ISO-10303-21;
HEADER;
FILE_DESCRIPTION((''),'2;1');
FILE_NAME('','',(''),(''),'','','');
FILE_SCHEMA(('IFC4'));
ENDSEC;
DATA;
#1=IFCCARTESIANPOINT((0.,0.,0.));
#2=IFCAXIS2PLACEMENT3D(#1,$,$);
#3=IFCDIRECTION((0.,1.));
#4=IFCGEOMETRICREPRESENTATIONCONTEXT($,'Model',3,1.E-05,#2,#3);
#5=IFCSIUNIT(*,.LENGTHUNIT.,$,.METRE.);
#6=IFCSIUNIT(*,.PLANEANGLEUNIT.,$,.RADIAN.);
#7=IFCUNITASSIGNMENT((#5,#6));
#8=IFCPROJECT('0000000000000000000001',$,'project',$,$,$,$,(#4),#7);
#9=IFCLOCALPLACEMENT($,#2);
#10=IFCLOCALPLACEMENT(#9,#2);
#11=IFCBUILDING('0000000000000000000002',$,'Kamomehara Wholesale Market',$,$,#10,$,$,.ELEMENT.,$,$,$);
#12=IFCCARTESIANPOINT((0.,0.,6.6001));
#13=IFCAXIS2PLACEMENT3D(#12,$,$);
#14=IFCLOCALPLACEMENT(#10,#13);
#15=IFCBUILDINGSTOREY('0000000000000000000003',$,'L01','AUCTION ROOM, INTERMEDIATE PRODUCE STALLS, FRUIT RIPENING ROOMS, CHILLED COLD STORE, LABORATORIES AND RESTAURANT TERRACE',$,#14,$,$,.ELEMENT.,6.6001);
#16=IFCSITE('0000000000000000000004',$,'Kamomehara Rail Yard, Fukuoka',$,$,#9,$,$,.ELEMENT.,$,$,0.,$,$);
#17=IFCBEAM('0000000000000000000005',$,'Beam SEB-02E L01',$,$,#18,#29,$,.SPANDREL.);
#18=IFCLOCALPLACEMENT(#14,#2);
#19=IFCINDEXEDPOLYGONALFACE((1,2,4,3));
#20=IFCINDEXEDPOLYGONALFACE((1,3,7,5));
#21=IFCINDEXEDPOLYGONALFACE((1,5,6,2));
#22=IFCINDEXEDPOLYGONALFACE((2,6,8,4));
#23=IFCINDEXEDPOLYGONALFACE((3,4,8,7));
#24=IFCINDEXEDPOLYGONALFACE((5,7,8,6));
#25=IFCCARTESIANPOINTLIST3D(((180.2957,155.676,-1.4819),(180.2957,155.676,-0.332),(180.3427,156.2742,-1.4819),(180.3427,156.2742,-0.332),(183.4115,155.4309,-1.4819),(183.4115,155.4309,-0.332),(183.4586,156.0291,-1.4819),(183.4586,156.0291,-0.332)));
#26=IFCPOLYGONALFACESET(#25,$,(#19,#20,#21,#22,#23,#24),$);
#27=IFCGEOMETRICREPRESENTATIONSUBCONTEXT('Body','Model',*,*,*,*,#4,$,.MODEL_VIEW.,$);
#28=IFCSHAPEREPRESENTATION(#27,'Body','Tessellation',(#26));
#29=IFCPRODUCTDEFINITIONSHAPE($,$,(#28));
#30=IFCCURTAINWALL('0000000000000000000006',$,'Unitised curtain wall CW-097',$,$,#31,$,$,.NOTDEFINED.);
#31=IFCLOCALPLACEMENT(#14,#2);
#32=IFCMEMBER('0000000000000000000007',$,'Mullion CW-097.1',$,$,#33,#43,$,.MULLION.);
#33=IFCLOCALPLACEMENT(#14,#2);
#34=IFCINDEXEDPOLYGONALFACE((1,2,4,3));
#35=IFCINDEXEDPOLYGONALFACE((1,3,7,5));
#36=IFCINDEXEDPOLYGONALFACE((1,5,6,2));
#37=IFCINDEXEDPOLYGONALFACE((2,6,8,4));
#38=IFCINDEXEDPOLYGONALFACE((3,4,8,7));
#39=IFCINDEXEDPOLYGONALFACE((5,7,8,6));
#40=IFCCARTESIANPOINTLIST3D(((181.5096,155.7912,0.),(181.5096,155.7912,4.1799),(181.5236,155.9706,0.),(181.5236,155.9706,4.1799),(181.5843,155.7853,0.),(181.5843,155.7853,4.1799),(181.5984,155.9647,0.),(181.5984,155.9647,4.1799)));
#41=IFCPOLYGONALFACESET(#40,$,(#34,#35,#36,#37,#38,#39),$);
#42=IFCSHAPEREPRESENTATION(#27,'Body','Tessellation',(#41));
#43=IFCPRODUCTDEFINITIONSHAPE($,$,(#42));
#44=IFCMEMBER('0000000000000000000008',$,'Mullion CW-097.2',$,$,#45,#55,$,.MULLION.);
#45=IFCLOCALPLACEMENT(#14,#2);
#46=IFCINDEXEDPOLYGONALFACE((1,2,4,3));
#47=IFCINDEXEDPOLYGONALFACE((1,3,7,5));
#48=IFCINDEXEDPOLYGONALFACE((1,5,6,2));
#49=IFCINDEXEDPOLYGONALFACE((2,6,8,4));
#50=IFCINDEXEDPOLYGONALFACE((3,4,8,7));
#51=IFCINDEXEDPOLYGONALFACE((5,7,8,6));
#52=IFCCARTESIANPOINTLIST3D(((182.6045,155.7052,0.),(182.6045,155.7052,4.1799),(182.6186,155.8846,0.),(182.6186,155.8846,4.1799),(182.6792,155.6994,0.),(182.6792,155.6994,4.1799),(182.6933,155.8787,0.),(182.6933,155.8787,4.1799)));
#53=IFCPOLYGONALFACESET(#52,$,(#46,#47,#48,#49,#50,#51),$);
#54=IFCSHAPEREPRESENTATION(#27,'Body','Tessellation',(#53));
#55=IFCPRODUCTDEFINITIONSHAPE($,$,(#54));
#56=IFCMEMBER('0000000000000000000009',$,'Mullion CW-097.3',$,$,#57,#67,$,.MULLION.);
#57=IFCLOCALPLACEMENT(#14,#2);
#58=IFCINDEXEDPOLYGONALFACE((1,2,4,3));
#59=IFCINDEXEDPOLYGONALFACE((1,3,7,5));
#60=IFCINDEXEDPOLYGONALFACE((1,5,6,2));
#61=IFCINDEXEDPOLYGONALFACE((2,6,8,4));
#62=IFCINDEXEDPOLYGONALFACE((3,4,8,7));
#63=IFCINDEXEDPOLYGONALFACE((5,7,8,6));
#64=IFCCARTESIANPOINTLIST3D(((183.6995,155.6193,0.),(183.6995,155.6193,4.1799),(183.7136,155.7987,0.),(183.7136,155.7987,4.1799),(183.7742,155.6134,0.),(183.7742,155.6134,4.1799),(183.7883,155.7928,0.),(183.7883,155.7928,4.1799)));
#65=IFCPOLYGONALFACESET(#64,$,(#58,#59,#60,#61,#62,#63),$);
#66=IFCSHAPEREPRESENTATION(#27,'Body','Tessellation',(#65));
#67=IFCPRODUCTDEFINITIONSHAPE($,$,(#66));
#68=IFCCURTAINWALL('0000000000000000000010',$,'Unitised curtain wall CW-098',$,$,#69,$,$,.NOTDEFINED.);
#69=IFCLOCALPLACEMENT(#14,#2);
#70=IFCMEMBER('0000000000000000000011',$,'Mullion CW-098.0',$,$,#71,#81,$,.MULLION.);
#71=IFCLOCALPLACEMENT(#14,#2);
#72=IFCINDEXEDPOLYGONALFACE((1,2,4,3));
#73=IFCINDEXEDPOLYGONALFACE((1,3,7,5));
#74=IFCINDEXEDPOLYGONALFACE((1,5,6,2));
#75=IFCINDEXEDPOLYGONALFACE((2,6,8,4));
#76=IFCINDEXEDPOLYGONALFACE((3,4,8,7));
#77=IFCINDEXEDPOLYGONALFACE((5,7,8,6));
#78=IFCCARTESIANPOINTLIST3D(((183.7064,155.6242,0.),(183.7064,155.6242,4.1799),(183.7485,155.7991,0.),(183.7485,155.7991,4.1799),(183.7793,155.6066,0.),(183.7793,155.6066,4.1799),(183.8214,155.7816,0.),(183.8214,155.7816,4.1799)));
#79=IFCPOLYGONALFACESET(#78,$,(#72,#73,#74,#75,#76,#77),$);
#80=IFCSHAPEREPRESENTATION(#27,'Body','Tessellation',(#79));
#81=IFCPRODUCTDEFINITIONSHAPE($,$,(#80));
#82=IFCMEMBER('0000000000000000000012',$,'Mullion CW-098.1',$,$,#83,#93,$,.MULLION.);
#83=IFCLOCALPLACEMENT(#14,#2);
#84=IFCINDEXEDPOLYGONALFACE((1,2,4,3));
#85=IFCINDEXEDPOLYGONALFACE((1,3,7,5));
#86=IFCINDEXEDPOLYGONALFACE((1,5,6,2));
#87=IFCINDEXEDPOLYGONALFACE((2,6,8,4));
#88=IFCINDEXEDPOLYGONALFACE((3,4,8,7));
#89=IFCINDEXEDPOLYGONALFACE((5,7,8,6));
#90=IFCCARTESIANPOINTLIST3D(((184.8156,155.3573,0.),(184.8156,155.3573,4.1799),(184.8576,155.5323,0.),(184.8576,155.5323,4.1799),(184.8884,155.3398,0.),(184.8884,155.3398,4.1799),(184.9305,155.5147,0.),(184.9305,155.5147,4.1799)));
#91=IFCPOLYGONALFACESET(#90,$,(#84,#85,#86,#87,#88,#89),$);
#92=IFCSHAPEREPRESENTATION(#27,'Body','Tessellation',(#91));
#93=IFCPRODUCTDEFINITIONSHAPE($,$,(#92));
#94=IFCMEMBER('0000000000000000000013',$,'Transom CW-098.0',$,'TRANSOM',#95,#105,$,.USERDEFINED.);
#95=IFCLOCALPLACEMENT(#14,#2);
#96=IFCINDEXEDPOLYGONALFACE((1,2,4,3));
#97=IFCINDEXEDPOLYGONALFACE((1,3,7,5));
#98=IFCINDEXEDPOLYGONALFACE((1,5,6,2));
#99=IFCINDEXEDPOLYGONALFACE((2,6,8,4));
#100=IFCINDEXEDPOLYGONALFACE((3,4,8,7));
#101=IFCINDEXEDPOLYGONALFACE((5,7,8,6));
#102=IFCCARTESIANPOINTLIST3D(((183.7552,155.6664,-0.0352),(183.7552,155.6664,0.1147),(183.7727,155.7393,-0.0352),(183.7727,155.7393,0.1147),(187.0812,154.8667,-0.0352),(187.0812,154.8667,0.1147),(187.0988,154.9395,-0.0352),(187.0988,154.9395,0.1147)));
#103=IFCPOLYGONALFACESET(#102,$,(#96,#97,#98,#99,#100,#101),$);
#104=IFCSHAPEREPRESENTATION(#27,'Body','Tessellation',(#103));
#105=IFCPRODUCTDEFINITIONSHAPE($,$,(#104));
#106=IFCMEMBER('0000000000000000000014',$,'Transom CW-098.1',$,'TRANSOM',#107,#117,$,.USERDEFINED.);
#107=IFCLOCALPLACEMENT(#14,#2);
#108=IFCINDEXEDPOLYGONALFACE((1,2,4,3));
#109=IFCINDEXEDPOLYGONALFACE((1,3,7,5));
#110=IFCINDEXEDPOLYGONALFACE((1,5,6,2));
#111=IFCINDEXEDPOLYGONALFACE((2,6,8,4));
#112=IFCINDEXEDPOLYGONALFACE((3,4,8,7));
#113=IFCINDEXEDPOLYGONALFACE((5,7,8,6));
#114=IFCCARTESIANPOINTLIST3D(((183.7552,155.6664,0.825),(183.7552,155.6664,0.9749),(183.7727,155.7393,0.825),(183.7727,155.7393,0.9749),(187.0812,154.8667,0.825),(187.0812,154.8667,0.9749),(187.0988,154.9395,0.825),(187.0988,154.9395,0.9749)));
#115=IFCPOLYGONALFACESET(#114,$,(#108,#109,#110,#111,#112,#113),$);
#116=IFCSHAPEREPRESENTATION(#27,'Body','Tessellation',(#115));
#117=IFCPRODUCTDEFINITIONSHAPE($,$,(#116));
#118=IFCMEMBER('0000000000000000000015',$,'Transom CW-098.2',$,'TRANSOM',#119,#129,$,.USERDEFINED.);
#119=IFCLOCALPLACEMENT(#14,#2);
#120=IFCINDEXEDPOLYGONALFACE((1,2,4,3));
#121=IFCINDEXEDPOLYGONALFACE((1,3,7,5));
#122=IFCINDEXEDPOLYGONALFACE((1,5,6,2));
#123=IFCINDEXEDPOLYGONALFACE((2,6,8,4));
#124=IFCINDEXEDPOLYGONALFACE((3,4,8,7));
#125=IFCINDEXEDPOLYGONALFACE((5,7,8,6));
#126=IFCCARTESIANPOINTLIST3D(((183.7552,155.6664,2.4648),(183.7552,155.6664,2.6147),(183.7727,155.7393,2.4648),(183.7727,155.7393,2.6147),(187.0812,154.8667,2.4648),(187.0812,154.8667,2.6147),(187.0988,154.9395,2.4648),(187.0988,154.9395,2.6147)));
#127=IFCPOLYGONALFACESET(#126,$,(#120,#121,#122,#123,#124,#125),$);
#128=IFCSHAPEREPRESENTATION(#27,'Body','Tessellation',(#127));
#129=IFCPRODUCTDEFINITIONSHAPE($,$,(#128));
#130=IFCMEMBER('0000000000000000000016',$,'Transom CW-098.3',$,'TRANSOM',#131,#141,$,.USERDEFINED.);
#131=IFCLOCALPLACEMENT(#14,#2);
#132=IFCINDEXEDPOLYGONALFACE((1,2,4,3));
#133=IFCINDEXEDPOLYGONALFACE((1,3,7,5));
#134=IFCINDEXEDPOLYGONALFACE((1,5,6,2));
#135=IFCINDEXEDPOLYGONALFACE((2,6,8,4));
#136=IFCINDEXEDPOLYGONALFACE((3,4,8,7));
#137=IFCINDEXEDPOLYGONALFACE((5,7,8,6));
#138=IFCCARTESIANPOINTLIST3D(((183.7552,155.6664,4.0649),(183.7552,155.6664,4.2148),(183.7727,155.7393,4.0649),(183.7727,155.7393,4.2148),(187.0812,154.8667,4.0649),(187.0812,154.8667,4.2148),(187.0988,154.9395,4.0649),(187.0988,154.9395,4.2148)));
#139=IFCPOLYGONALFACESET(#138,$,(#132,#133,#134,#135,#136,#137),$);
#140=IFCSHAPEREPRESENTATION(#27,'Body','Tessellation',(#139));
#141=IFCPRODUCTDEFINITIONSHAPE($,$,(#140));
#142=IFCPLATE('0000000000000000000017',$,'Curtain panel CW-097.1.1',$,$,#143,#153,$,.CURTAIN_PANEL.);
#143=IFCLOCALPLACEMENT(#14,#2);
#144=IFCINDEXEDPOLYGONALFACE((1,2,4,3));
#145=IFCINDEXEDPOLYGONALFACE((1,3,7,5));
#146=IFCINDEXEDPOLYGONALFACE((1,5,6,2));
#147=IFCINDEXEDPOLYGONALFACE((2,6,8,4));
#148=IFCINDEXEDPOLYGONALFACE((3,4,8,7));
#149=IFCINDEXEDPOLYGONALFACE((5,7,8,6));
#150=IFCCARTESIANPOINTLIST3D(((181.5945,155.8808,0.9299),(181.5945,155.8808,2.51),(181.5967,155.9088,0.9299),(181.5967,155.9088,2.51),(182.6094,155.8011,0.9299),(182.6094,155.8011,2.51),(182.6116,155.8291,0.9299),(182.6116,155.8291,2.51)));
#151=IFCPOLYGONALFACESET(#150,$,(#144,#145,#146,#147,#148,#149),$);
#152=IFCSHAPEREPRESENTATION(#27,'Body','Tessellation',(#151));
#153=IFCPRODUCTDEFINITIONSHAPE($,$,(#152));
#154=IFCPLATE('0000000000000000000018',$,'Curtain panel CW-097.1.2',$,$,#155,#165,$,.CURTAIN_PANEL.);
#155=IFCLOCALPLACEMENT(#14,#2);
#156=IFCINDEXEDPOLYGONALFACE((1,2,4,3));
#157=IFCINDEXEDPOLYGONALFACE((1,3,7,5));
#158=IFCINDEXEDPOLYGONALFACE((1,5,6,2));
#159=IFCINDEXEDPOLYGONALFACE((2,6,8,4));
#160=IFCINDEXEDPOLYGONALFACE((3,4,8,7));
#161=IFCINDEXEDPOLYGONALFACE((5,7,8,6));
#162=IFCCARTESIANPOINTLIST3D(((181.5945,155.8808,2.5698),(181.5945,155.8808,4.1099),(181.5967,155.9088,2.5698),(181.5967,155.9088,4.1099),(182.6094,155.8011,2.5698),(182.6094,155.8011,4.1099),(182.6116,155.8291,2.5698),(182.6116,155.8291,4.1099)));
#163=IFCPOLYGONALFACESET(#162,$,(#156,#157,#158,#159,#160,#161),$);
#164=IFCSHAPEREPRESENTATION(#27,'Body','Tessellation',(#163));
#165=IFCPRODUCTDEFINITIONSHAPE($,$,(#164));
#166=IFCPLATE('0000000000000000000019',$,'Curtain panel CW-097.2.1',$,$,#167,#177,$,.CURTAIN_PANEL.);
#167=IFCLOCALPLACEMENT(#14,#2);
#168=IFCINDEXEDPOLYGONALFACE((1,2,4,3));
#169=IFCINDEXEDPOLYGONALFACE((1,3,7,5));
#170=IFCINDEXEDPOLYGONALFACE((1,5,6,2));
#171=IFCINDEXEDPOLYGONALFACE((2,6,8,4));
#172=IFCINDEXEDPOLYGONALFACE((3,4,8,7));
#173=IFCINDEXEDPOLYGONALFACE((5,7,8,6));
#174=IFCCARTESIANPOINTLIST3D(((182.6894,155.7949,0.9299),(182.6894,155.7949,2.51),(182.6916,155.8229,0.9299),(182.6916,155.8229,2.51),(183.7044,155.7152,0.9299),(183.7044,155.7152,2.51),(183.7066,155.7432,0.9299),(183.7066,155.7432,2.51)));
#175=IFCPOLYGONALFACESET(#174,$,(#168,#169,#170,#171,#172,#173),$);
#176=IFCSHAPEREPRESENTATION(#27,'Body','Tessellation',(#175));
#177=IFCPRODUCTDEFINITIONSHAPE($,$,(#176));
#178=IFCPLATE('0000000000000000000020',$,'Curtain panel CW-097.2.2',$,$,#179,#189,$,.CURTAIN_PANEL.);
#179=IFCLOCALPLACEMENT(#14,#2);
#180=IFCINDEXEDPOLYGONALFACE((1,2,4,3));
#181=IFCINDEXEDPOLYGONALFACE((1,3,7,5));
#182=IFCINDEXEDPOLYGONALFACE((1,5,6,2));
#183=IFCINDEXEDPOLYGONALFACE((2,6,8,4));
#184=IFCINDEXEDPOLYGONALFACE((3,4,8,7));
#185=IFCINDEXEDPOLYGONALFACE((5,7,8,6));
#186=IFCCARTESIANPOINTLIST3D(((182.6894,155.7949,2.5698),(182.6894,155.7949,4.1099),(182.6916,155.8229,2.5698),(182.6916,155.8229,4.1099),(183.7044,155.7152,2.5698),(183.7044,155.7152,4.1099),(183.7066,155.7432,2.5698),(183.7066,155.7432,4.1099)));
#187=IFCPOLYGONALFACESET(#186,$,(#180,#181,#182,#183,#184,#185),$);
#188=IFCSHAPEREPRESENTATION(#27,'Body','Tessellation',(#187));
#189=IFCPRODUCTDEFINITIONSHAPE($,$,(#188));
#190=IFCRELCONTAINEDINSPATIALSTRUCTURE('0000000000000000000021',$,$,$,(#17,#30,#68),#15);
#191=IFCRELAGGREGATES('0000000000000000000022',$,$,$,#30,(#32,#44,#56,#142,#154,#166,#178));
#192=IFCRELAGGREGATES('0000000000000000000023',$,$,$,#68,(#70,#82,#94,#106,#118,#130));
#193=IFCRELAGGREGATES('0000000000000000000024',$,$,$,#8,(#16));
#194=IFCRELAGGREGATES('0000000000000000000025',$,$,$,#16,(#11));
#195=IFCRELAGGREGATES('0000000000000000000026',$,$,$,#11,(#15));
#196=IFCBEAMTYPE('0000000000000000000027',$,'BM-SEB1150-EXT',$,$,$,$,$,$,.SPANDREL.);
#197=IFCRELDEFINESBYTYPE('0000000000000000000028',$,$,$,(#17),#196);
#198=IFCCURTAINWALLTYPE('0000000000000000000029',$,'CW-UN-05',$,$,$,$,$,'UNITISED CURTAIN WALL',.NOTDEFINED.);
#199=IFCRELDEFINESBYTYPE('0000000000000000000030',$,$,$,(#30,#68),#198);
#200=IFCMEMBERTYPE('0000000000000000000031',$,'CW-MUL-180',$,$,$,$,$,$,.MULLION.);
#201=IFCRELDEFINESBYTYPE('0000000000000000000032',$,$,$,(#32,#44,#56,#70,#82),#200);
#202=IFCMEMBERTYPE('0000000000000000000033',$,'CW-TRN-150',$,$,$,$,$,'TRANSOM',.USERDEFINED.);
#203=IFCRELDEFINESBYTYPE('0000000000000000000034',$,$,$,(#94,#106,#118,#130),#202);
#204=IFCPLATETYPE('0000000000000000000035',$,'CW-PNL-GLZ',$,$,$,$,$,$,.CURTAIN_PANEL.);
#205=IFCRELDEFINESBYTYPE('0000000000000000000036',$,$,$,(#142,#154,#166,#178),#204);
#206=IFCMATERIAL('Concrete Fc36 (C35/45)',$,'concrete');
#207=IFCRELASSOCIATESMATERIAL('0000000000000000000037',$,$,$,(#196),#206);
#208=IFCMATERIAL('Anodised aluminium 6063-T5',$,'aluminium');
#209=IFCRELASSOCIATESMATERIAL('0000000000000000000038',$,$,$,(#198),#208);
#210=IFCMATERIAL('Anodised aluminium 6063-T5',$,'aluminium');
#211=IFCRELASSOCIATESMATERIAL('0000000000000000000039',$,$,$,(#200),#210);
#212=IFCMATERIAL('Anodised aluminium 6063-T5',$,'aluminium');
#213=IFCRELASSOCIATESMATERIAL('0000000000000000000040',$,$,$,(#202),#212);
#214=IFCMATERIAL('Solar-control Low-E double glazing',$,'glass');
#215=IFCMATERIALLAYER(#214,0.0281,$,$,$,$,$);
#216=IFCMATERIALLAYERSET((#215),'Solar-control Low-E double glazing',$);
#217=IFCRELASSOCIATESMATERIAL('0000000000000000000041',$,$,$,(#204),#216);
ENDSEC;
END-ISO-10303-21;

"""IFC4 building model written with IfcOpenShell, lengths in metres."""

from ifc_helpers import new_model, si_unit, direction, frame, origin, origin_2d, place, context, subcontext, project, spatial, rectangle, extrude, material, layer, layer_set, material_profile, profile_set, type_object, element, aggregate, save


model = new_model("IFC4")

# Units and contexts
model_context = context("Model", 3, precision=1e-05, world=origin(), true_north=direction((0.0, 1.0)))
body_context = subcontext(model_context, "Body", "Model", "MODEL_VIEW")
ifc_project = project(units=[si_unit("LENGTHUNIT", "METRE"), si_unit("PLANEANGLEUNIT", "RADIAN")], contexts=[model_context])

# Site, building, storey
site_placement = place(None, origin())
site = spatial("IfcSite", under=ifc_project, at=site_placement, Name="Kamomehara Rail Yard, Fukuoka", CompositionType="ELEMENT", RefElevation=0.0)
building_placement = place(site_placement, origin())
building = spatial("IfcBuilding", under=site, at=building_placement, Name="Kamomehara Wholesale Market", CompositionType="ELEMENT")
storey_placement = place(building_placement, frame((0.0, 0.0, 6.6001)))
storey = spatial("IfcBuildingStorey", under=building, at=storey_placement, Name="L01", Description="AUCTION ROOM, INTERMEDIATE PRODUCE STALLS, FRUIT RIPENING ROOMS, CHILLED COLD STORE, LABORATORIES AND RESTAURANT TERRACE", CompositionType="ELEMENT", Elevation=6.6001)

# Beam
ifc_material_1 = material(Name="Concrete Fc36 (C35/45)", Category="concrete")
ifc_material_profile_1 = material_profile(ifc_material_1, rectangle(XDim=0.6001, YDim=1.1499, at=origin_2d()), Name="RC-SEB-600x1150")
ifc_profile_set_1 = profile_set([ifc_material_profile_1], Name="Concrete Fc36 (C35/45)")
beam_type = type_object("IfcBeamType", Name="BM-SEB1150-EXT", PredefinedType="SPANDREL", material=ifc_profile_set_1)
beam_placement = place(storey_placement, frame((183.4351, 155.73, -0.907), z_axis=(-0.99692, 0.078423, 0.0), x_axis=(-0.078423, -0.99692, 0.0)))
element("IfcBeam", 1, at=beam_placement, inside=storey, type_object=beam_type, Name="Beam SEB-02E L01", PredefinedType="SPANDREL", context=body_context, shape_type="SweptSolid", body=[
    extrude(rectangle(XDim=0.6001, YDim=1.1499, at=origin_2d()), origin(), (0.0, 0.0, 1.0), 3.1255),
])

# Curtain walls, members
ifc_material_2 = material(Name="Anodised aluminium 6063-T5", Category="aluminium")
curtain_wall_type = type_object("IfcCurtainWallType", Name="CW-UN-05", ElementType="UNITISED CURTAIN WALL", PredefinedType="NOTDEFINED", material=ifc_material_2)
curtain_wall_1_placement = place(storey_placement, origin())
curtain_wall_1 = element("IfcCurtainWall", 2, at=curtain_wall_1_placement, inside=storey, type_object=curtain_wall_type, Name="Unitised curtain wall CW-097", PredefinedType="NOTDEFINED")
ifc_material_3 = material(Name="Anodised aluminium 6063-T5", Category="aluminium")
ifc_material_profile_2 = material_profile(ifc_material_3, rectangle(XDim=0.075, YDim=0.1799, at=origin_2d()), Name="ALU-MUL-75x180")
ifc_profile_set_2 = profile_set([ifc_material_profile_2], Name="Anodised aluminium 6063-T5")
member_type_1 = type_object("IfcMemberType", Name="CW-MUL-180", PredefinedType="MULLION", material=ifc_profile_set_2)
member_1_placement = place(storey_placement, frame((181.554, 155.8779, 0.0), z_axis=(0.0, 0.0, 1.0), x_axis=(0.99693, -0.078297, 0.0)))
member_1 = element("IfcMember", 3, at=member_1_placement, type_object=member_type_1, Name="Mullion CW-097.1", PredefinedType="MULLION", context=body_context, shape_type="SweptSolid", body=[
    extrude(rectangle(XDim=0.075, YDim=0.1799, at=origin_2d()), origin(), (0.0, 0.0, 1.0), 4.1799),
])
member_2_placement = place(storey_placement, frame((182.6489, 155.792, 0.0), z_axis=(0.0, 0.0, 1.0), x_axis=(0.99693, -0.078297, 0.0)))
member_2 = element("IfcMember", 4, at=member_2_placement, type_object=member_type_1, Name="Mullion CW-097.2", PredefinedType="MULLION", context=body_context, shape_type="SweptSolid", body=[
    extrude(rectangle(XDim=0.075, YDim=0.1799, at=origin_2d()), origin(), (0.0, 0.0, 1.0), 4.1799),
])
member_3_placement = place(storey_placement, frame((183.7439, 155.7061, 0.0), z_axis=(0.0, 0.0, 1.0), x_axis=(0.99693, -0.078297, 0.0)))
member_3 = element("IfcMember", 5, at=member_3_placement, type_object=member_type_1, Name="Mullion CW-097.3", PredefinedType="MULLION", context=body_context, shape_type="SweptSolid", body=[
    extrude(rectangle(XDim=0.075, YDim=0.1799, at=origin_2d()), origin(), (0.0, 0.0, 1.0), 4.1799),
])
curtain_wall_2_placement = place(storey_placement, origin())
curtain_wall_2 = element("IfcCurtainWall", 6, at=curtain_wall_2_placement, inside=storey, type_object=curtain_wall_type, Name="Unitised curtain wall CW-098", PredefinedType="NOTDEFINED")
member_4_placement = place(storey_placement, frame((183.7639, 155.7029, 0.0), z_axis=(0.0, 0.0, 1.0), x_axis=(0.97227, -0.233859, 0.0)))
member_4 = element("IfcMember", 7, at=member_4_placement, type_object=member_type_1, Name="Mullion CW-098.0", PredefinedType="MULLION", context=body_context, shape_type="SweptSolid", body=[
    extrude(rectangle(XDim=0.075, YDim=0.1799, at=origin_2d()), origin(), (0.0, 0.0, 1.0), 4.1799),
])
member_5_placement = place(storey_placement, frame((184.873, 155.436, 0.0), z_axis=(0.0, 0.0, 1.0), x_axis=(0.97227, -0.233859, 0.0)))
member_5 = element("IfcMember", 8, at=member_5_placement, type_object=member_type_1, Name="Mullion CW-098.1", PredefinedType="MULLION", context=body_context, shape_type="SweptSolid", body=[
    extrude(rectangle(XDim=0.075, YDim=0.1799, at=origin_2d()), origin(), (0.0, 0.0, 1.0), 4.1799),
])
ifc_material_4 = material(Name="Anodised aluminium 6063-T5", Category="aluminium")
ifc_material_profile_3 = material_profile(ifc_material_4, rectangle(XDim=0.075, YDim=0.1499, at=origin_2d()), Name="ALU-TRN-75x150")
ifc_profile_set_3 = profile_set([ifc_material_profile_3], Name="Anodised aluminium 6063-T5")
member_type_2 = type_object("IfcMemberType", Name="CW-TRN-150", ElementType="TRANSOM", PredefinedType="USERDEFINED", material=ifc_profile_set_3)
member_6_placement = place(storey_placement, frame((183.7639, 155.7029, 0.0398), z_axis=(0.972286, -0.233794, 0.0), x_axis=(0.233794, 0.972286, 0.0)))
member_6 = element("IfcMember", 9, at=member_6_placement, type_object=member_type_2, Name="Transom CW-098.0", ObjectType="TRANSOM", PredefinedType="USERDEFINED", context=body_context, shape_type="SweptSolid", body=[
    extrude(rectangle(XDim=0.075, YDim=0.1499, at=origin_2d()), origin(), (0.0, 0.0, 1.0), 3.4209),
])
member_7_placement = place(storey_placement, frame((183.7639, 155.7029, 0.8999), z_axis=(0.972286, -0.233794, 0.0), x_axis=(0.233794, 0.972286, 0.0)))
member_7 = element("IfcMember", 10, at=member_7_placement, type_object=member_type_2, Name="Transom CW-098.1", ObjectType="TRANSOM", PredefinedType="USERDEFINED", context=body_context, shape_type="SweptSolid", body=[
    extrude(rectangle(XDim=0.075, YDim=0.1499, at=origin_2d()), origin(), (0.0, 0.0, 1.0), 3.4209),
])
member_8_placement = place(storey_placement, frame((183.7639, 155.7029, 2.5398), z_axis=(0.972286, -0.233794, 0.0), x_axis=(0.233794, 0.972286, 0.0)))
member_8 = element("IfcMember", 11, at=member_8_placement, type_object=member_type_2, Name="Transom CW-098.2", ObjectType="TRANSOM", PredefinedType="USERDEFINED", context=body_context, shape_type="SweptSolid", body=[
    extrude(rectangle(XDim=0.075, YDim=0.1499, at=origin_2d()), origin(), (0.0, 0.0, 1.0), 3.4209),
])
member_9_placement = place(storey_placement, frame((183.7639, 155.7029, 4.1399), z_axis=(0.972286, -0.233794, 0.0), x_axis=(0.233794, 0.972286, 0.0)))
member_9 = element("IfcMember", 12, at=member_9_placement, type_object=member_type_2, Name="Transom CW-098.3", ObjectType="TRANSOM", PredefinedType="USERDEFINED", context=body_context, shape_type="SweptSolid", body=[
    extrude(rectangle(XDim=0.075, YDim=0.1499, at=origin_2d()), origin(), (0.0, 0.0, 1.0), 3.4209),
])

# Plates
ifc_material_5 = material(Name="Solar-control Low-E double glazing", Category="glass")
ifc_layer_1 = layer(ifc_material_5, 0.0281)
ifc_layer_set_1 = layer_set([ifc_layer_1], Name="Solar-control Low-E double glazing")
plate_type_1 = type_object("IfcPlateType", Name="CW-PNL-GLZ", PredefinedType="CURTAIN_PANEL", material=ifc_layer_set_1)
plate_1_placement = place(storey_placement, frame((182.103, 155.855, 0.9299), z_axis=(0.0, 0.0, 1.0), x_axis=(0.99693, -0.078302, 0.0)))
plate_1 = element("IfcPlate", 13, at=plate_1_placement, type_object=plate_type_1, Name="Curtain panel CW-097.1.1", PredefinedType="CURTAIN_PANEL", context=body_context, shape_type="SweptSolid", body=[
    extrude(rectangle(XDim=1.0181, YDim=0.0281, at=origin_2d()), origin(), (0.0, 0.0, 1.0), 1.5801),
])
plate_2_placement = place(storey_placement, frame((182.103, 155.855, 2.5698), z_axis=(0.0, 0.0, 1.0), x_axis=(0.99693, -0.078302, 0.0)))
plate_2 = element("IfcPlate", 14, at=plate_2_placement, type_object=plate_type_1, Name="Curtain panel CW-097.1.2", PredefinedType="CURTAIN_PANEL", context=body_context, shape_type="SweptSolid", body=[
    extrude(rectangle(XDim=1.0181, YDim=0.0281, at=origin_2d()), origin(), (0.0, 0.0, 1.0), 1.54),
])
plate_3_placement = place(storey_placement, frame((183.198, 155.769, 0.9299), z_axis=(0.0, 0.0, 1.0), x_axis=(0.99693, -0.078302, 0.0)))
plate_3 = element("IfcPlate", 15, at=plate_3_placement, type_object=plate_type_1, Name="Curtain panel CW-097.2.1", PredefinedType="CURTAIN_PANEL", context=body_context, shape_type="SweptSolid", body=[
    extrude(rectangle(XDim=1.0181, YDim=0.0281, at=origin_2d()), origin(), (0.0, 0.0, 1.0), 1.5801),
])
plate_4_placement = place(storey_placement, frame((183.198, 155.769, 2.5698), z_axis=(0.0, 0.0, 1.0), x_axis=(0.99693, -0.078302, 0.0)))
plate_4 = element("IfcPlate", 16, at=plate_4_placement, type_object=plate_type_1, Name="Curtain panel CW-097.2.2", PredefinedType="CURTAIN_PANEL", context=body_context, shape_type="SweptSolid", body=[
    extrude(rectangle(XDim=1.0181, YDim=0.0281, at=origin_2d()), origin(), (0.0, 0.0, 1.0), 1.54),
])
aggregate(curtain_wall_1, [member_1, member_2, member_3, plate_1, plate_2, plate_3, plate_4])
aggregate(curtain_wall_2, [member_4, member_5, member_6, member_7, member_8, member_9])

save(model, "model.ifc")
